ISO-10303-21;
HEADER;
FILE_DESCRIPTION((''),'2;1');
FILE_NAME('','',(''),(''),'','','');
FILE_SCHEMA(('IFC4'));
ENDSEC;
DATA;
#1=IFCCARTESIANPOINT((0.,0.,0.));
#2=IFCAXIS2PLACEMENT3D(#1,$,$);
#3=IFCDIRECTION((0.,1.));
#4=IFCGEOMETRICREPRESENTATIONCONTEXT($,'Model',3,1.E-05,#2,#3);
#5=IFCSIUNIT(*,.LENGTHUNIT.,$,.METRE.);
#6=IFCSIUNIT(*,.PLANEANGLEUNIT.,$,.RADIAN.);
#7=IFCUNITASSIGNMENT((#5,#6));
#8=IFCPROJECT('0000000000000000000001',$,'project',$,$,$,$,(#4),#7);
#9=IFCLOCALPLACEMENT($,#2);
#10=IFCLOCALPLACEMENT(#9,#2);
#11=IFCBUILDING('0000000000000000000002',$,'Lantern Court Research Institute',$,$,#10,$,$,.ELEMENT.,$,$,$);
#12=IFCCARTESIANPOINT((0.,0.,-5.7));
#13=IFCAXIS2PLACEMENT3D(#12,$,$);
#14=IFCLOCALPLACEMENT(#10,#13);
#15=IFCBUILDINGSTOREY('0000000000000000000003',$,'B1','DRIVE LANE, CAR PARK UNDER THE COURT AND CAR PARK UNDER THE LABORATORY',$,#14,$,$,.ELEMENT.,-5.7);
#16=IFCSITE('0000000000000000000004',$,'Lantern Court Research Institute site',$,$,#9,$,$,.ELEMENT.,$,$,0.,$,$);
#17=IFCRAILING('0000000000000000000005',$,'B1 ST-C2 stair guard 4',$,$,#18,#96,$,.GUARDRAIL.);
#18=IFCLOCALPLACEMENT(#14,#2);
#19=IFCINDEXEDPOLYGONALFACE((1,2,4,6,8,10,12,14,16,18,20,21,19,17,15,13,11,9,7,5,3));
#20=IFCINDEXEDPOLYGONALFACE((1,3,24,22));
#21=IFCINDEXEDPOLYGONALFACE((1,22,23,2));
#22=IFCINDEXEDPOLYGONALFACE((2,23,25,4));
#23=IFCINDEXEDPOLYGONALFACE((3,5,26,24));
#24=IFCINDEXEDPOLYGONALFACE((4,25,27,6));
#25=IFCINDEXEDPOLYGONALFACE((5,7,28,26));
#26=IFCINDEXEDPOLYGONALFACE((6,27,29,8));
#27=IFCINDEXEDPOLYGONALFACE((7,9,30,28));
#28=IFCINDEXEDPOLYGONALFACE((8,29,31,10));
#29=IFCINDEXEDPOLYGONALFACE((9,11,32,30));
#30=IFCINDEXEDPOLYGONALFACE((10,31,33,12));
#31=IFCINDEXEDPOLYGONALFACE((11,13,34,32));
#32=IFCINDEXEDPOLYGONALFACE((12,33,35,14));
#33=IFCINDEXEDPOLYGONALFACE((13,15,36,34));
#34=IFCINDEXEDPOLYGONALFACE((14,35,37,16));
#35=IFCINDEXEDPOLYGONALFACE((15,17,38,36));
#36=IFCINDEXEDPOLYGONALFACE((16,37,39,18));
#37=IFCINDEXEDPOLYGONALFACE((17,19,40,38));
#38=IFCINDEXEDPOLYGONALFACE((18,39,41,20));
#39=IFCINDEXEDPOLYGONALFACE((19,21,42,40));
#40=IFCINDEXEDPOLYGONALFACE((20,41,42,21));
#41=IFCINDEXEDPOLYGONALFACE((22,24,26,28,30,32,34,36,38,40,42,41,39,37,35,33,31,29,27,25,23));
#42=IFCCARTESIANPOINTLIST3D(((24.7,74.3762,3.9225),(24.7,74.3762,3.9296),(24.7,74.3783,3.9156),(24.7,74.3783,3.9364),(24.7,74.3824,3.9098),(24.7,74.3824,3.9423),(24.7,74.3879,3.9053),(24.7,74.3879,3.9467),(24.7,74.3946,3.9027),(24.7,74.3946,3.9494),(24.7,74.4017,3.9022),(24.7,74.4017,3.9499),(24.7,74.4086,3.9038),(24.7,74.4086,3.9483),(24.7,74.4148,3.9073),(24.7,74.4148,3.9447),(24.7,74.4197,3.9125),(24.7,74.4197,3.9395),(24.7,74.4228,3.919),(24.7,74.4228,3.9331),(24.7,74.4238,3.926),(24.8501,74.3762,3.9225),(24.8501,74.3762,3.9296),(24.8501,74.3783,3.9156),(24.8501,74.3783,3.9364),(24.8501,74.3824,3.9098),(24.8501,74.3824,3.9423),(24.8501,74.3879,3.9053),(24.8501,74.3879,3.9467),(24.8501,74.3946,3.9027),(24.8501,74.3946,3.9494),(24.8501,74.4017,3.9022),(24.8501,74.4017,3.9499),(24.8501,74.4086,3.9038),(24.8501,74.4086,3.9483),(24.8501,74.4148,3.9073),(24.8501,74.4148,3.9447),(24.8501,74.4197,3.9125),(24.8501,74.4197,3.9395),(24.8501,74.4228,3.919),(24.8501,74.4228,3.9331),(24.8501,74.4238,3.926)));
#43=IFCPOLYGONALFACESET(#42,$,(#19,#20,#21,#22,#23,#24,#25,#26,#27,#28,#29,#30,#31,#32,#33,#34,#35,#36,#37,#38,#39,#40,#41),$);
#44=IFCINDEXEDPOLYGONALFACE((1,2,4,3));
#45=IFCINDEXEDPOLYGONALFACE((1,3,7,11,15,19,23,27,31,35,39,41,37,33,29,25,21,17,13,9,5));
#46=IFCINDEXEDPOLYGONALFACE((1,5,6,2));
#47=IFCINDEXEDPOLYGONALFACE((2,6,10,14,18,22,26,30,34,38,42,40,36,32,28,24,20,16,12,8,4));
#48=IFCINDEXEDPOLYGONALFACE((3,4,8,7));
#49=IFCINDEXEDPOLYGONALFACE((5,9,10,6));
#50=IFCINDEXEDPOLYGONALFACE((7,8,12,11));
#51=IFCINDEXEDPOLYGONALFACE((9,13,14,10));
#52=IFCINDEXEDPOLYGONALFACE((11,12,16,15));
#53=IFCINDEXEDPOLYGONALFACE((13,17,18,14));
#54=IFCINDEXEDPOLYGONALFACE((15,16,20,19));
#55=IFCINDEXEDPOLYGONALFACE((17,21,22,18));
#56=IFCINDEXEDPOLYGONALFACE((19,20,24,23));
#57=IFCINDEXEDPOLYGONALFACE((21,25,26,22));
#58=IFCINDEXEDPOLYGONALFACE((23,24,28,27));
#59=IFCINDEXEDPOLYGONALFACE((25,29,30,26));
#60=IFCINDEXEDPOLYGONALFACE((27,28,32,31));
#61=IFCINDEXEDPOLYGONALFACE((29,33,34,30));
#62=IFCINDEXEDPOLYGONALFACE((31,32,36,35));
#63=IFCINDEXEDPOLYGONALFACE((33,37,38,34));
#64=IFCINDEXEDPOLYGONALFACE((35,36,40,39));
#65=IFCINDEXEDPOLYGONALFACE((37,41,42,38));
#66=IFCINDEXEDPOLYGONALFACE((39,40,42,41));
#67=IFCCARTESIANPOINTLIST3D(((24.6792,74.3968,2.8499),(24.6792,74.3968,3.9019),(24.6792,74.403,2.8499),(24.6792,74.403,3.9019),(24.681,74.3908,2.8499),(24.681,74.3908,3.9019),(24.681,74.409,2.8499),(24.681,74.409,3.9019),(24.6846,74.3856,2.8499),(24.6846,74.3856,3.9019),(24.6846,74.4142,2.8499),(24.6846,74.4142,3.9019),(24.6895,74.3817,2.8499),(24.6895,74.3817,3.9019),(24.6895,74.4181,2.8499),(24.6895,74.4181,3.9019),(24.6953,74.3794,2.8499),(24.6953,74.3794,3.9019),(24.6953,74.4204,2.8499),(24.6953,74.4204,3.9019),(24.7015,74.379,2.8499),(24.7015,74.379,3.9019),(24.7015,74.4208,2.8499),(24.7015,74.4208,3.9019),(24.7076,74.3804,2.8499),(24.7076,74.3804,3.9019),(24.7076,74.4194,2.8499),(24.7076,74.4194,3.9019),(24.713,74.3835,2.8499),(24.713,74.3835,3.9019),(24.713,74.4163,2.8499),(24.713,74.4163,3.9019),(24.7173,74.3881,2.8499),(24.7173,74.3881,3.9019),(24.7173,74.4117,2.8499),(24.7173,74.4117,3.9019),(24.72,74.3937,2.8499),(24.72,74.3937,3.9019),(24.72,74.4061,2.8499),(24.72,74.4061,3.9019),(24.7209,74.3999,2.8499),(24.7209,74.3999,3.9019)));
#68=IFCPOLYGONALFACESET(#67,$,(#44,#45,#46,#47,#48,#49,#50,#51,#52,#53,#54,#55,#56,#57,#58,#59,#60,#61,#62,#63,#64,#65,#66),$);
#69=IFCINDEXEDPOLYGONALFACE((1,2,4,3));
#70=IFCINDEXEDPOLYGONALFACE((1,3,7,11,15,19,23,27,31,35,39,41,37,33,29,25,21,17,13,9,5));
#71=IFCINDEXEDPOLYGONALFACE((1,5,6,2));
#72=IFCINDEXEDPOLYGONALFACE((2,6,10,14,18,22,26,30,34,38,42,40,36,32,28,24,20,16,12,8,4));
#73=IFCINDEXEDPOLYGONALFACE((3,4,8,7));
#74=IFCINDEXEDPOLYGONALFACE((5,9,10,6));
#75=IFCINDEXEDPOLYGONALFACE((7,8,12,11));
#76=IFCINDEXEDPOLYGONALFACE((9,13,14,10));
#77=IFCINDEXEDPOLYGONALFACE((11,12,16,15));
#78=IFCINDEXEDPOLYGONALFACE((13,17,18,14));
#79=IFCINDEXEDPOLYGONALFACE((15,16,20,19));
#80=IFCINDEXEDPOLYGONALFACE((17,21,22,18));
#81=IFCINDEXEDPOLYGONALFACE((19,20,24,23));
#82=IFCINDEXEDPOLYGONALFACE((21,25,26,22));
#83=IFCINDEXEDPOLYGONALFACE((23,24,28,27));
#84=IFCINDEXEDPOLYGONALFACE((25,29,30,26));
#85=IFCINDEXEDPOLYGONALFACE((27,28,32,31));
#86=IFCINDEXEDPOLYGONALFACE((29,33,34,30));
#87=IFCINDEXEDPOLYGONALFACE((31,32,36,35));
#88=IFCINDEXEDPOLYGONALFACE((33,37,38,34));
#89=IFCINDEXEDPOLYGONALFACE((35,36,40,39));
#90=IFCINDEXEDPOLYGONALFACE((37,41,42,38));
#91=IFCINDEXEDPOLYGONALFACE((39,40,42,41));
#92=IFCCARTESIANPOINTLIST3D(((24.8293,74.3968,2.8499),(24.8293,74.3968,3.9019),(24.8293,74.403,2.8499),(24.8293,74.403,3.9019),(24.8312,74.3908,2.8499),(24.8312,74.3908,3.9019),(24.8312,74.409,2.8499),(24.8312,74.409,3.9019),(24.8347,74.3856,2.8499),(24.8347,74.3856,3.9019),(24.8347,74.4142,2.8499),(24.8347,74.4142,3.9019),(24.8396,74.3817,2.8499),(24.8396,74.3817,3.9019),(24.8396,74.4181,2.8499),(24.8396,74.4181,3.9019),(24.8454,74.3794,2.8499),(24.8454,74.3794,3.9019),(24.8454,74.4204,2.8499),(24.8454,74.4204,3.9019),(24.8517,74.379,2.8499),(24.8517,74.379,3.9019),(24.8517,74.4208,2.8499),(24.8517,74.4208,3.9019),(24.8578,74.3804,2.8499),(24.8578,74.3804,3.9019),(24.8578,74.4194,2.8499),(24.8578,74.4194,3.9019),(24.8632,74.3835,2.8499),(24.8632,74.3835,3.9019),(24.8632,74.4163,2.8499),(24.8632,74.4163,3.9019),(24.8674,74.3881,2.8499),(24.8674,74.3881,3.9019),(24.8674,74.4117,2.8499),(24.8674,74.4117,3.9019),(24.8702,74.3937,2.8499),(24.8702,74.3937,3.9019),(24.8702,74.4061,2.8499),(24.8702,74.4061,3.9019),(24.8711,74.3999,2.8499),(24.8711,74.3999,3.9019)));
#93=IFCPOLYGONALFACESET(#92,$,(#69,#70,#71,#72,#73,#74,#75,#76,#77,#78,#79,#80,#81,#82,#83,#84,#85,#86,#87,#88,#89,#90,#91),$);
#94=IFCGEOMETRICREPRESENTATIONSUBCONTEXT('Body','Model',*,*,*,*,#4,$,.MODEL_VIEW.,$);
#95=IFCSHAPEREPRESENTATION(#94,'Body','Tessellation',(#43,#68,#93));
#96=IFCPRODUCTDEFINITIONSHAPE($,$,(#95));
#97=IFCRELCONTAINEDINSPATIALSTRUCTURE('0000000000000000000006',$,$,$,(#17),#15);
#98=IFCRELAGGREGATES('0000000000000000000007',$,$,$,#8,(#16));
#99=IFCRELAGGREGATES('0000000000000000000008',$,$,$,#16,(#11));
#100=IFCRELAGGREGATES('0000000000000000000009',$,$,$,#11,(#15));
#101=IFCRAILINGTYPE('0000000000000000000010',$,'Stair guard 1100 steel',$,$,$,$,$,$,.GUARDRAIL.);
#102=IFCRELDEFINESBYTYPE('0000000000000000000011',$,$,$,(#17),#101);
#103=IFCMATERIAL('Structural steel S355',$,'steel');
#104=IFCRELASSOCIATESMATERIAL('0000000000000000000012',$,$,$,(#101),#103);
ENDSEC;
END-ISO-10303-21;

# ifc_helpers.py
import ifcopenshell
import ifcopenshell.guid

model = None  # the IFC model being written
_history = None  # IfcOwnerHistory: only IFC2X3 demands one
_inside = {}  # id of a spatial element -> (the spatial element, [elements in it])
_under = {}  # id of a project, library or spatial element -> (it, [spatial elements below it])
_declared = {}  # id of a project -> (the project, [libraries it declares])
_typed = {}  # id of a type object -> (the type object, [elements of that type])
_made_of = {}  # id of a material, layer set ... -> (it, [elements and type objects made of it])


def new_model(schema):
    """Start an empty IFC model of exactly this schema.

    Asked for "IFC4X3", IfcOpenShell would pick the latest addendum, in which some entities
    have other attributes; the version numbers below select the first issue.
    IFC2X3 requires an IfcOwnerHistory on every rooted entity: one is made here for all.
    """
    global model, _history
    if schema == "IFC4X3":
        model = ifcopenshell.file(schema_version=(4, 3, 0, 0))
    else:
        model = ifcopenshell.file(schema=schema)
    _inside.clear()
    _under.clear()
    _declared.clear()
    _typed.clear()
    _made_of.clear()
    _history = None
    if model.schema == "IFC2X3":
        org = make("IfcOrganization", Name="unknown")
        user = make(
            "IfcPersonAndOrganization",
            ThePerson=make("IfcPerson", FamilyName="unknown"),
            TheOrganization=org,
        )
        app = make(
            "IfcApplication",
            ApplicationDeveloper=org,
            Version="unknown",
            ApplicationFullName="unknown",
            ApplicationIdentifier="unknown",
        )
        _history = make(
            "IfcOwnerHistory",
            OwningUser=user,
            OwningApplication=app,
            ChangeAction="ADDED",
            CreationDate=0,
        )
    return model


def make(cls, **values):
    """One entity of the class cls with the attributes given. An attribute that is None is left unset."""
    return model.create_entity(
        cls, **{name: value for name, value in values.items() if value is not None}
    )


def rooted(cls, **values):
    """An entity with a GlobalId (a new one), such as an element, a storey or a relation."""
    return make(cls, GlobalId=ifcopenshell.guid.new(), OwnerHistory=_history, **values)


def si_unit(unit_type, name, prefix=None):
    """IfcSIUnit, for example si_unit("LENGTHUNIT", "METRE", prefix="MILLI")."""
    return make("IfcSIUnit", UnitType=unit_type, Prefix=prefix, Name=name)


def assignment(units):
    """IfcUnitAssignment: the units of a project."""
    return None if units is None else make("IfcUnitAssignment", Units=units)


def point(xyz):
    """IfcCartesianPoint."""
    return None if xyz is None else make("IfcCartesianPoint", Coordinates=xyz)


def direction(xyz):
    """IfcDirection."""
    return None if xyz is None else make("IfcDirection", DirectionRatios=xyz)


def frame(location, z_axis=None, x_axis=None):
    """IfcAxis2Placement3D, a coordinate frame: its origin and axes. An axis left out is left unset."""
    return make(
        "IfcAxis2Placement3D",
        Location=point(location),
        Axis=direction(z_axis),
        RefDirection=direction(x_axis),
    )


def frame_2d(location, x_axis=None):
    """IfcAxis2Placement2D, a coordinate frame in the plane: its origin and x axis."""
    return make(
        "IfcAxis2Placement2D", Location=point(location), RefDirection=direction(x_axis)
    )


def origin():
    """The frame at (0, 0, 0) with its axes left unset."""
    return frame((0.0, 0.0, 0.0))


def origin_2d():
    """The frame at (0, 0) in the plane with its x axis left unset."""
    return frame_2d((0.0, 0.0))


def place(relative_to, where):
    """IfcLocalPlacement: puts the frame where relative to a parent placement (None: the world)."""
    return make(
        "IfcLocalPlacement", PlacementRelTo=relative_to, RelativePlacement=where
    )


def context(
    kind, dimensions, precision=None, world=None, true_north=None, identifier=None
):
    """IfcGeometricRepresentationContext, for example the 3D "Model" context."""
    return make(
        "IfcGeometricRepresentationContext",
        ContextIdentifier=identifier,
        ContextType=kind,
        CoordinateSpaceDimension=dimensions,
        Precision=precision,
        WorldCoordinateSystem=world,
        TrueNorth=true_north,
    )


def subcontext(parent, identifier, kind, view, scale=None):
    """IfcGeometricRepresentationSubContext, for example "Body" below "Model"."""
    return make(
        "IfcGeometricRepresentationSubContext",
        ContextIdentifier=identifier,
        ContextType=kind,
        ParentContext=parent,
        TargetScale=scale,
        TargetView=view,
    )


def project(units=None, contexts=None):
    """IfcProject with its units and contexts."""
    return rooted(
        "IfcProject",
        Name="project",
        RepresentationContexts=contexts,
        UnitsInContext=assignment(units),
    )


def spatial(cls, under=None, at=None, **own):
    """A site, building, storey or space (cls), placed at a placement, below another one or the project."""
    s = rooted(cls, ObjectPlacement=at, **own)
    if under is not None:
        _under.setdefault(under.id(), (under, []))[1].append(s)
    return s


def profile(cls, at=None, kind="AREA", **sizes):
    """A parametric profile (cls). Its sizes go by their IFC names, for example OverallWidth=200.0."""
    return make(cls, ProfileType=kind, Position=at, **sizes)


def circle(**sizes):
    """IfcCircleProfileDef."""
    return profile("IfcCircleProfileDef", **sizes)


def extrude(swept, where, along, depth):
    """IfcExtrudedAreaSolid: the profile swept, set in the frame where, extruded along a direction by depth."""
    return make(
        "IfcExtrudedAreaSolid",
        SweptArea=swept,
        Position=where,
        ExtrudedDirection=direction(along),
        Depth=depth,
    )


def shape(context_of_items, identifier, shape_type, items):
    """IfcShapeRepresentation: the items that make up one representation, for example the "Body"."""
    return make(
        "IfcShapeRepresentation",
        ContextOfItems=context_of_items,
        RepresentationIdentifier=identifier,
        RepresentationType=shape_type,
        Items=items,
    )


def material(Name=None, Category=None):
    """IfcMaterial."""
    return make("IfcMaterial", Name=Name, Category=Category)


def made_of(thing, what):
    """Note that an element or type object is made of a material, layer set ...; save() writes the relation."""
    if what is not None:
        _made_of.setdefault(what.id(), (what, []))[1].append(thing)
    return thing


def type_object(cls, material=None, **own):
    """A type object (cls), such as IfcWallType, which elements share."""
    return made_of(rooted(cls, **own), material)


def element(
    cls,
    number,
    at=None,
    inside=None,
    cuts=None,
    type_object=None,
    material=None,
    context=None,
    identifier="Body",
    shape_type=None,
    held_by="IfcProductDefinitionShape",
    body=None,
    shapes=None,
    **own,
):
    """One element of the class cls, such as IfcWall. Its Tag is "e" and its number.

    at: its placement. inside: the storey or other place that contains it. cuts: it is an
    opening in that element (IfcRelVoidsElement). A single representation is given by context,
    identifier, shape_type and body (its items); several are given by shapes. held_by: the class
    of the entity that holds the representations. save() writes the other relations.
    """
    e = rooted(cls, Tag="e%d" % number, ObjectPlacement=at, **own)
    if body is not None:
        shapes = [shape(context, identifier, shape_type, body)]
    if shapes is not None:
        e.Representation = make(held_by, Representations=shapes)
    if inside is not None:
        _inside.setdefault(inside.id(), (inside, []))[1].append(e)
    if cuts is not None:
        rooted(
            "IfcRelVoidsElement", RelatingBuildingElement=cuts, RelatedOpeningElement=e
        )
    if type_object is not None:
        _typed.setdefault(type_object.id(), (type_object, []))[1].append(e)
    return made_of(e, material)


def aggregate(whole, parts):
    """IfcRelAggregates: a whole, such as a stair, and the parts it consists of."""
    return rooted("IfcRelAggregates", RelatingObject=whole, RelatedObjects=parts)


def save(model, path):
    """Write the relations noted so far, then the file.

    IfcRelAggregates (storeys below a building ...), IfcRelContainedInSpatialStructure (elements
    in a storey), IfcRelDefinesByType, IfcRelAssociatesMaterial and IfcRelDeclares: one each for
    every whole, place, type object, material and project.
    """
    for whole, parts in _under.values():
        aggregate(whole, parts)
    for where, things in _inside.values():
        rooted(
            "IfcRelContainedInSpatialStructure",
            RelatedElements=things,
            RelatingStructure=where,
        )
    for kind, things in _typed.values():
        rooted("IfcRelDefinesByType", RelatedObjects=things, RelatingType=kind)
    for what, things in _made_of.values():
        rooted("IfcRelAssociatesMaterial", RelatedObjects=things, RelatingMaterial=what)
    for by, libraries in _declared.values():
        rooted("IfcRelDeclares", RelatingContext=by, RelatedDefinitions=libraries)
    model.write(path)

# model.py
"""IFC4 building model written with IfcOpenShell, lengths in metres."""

from ifc_helpers import new_model, si_unit, direction, frame, origin, origin_2d, place, context, subcontext, project, spatial, circle, extrude, material, type_object, element, save


model = new_model("IFC4")

# Units and contexts
model_context = context("Model", 3, precision=1e-05, world=origin(), true_north=direction((0.0, 1.0)))
body_context = subcontext(model_context, "Body", "Model", "MODEL_VIEW")
ifc_project = project(units=[si_unit("LENGTHUNIT", "METRE"), si_unit("PLANEANGLEUNIT", "RADIAN")], contexts=[model_context])

# Site, building, storey
site_placement = place(None, origin())
site = spatial("IfcSite", under=ifc_project, at=site_placement, Name="Lantern Court Research Institute site", CompositionType="ELEMENT", RefElevation=0.0)
building_placement = place(site_placement, origin())
building = spatial("IfcBuilding", under=site, at=building_placement, Name="Lantern Court Research Institute", CompositionType="ELEMENT")
storey_placement = place(building_placement, frame((0.0, 0.0, -5.7)))
storey = spatial("IfcBuildingStorey", under=building, at=storey_placement, Name="B1", Description="DRIVE LANE, CAR PARK UNDER THE COURT AND CAR PARK UNDER THE LABORATORY", CompositionType="ELEMENT", Elevation=-5.7)

# Railing
ifc_material_1 = material(Name="Structural steel S355", Category="steel")
railing_type_1 = type_object("IfcRailingType", Name="Stair guard 1100 steel", PredefinedType="GUARDRAIL", material=ifc_material_1)
railing_1_placement = place(storey_placement, frame((24.7, 74.3999, 2.8499)))
element("IfcRailing", 1, at=railing_1_placement, inside=storey, type_object=railing_type_1, Name="B1 ST-C2 stair guard 4", PredefinedType="GUARDRAIL", context=body_context, shape_type="SweptSolid", body=[
    extrude(circle(Radius=0.0239, at=origin_2d()), frame((0.0, 0.0, 1.0762), z_axis=(1.0, 0.0, 0.0), x_axis=(0.0, 1.0, 0.0)), (0.0, 0.0, 1.0), 0.1501),
    extrude(circle(Radius=0.021, at=origin_2d()), origin(), (0.0, 0.0, 1.0), 1.052),
    extrude(circle(Radius=0.021, at=origin_2d()), frame((0.1501, 0.0, 0.0)), (0.0, 0.0, 1.0), 1.052),
])

save(model, "model.ifc")
